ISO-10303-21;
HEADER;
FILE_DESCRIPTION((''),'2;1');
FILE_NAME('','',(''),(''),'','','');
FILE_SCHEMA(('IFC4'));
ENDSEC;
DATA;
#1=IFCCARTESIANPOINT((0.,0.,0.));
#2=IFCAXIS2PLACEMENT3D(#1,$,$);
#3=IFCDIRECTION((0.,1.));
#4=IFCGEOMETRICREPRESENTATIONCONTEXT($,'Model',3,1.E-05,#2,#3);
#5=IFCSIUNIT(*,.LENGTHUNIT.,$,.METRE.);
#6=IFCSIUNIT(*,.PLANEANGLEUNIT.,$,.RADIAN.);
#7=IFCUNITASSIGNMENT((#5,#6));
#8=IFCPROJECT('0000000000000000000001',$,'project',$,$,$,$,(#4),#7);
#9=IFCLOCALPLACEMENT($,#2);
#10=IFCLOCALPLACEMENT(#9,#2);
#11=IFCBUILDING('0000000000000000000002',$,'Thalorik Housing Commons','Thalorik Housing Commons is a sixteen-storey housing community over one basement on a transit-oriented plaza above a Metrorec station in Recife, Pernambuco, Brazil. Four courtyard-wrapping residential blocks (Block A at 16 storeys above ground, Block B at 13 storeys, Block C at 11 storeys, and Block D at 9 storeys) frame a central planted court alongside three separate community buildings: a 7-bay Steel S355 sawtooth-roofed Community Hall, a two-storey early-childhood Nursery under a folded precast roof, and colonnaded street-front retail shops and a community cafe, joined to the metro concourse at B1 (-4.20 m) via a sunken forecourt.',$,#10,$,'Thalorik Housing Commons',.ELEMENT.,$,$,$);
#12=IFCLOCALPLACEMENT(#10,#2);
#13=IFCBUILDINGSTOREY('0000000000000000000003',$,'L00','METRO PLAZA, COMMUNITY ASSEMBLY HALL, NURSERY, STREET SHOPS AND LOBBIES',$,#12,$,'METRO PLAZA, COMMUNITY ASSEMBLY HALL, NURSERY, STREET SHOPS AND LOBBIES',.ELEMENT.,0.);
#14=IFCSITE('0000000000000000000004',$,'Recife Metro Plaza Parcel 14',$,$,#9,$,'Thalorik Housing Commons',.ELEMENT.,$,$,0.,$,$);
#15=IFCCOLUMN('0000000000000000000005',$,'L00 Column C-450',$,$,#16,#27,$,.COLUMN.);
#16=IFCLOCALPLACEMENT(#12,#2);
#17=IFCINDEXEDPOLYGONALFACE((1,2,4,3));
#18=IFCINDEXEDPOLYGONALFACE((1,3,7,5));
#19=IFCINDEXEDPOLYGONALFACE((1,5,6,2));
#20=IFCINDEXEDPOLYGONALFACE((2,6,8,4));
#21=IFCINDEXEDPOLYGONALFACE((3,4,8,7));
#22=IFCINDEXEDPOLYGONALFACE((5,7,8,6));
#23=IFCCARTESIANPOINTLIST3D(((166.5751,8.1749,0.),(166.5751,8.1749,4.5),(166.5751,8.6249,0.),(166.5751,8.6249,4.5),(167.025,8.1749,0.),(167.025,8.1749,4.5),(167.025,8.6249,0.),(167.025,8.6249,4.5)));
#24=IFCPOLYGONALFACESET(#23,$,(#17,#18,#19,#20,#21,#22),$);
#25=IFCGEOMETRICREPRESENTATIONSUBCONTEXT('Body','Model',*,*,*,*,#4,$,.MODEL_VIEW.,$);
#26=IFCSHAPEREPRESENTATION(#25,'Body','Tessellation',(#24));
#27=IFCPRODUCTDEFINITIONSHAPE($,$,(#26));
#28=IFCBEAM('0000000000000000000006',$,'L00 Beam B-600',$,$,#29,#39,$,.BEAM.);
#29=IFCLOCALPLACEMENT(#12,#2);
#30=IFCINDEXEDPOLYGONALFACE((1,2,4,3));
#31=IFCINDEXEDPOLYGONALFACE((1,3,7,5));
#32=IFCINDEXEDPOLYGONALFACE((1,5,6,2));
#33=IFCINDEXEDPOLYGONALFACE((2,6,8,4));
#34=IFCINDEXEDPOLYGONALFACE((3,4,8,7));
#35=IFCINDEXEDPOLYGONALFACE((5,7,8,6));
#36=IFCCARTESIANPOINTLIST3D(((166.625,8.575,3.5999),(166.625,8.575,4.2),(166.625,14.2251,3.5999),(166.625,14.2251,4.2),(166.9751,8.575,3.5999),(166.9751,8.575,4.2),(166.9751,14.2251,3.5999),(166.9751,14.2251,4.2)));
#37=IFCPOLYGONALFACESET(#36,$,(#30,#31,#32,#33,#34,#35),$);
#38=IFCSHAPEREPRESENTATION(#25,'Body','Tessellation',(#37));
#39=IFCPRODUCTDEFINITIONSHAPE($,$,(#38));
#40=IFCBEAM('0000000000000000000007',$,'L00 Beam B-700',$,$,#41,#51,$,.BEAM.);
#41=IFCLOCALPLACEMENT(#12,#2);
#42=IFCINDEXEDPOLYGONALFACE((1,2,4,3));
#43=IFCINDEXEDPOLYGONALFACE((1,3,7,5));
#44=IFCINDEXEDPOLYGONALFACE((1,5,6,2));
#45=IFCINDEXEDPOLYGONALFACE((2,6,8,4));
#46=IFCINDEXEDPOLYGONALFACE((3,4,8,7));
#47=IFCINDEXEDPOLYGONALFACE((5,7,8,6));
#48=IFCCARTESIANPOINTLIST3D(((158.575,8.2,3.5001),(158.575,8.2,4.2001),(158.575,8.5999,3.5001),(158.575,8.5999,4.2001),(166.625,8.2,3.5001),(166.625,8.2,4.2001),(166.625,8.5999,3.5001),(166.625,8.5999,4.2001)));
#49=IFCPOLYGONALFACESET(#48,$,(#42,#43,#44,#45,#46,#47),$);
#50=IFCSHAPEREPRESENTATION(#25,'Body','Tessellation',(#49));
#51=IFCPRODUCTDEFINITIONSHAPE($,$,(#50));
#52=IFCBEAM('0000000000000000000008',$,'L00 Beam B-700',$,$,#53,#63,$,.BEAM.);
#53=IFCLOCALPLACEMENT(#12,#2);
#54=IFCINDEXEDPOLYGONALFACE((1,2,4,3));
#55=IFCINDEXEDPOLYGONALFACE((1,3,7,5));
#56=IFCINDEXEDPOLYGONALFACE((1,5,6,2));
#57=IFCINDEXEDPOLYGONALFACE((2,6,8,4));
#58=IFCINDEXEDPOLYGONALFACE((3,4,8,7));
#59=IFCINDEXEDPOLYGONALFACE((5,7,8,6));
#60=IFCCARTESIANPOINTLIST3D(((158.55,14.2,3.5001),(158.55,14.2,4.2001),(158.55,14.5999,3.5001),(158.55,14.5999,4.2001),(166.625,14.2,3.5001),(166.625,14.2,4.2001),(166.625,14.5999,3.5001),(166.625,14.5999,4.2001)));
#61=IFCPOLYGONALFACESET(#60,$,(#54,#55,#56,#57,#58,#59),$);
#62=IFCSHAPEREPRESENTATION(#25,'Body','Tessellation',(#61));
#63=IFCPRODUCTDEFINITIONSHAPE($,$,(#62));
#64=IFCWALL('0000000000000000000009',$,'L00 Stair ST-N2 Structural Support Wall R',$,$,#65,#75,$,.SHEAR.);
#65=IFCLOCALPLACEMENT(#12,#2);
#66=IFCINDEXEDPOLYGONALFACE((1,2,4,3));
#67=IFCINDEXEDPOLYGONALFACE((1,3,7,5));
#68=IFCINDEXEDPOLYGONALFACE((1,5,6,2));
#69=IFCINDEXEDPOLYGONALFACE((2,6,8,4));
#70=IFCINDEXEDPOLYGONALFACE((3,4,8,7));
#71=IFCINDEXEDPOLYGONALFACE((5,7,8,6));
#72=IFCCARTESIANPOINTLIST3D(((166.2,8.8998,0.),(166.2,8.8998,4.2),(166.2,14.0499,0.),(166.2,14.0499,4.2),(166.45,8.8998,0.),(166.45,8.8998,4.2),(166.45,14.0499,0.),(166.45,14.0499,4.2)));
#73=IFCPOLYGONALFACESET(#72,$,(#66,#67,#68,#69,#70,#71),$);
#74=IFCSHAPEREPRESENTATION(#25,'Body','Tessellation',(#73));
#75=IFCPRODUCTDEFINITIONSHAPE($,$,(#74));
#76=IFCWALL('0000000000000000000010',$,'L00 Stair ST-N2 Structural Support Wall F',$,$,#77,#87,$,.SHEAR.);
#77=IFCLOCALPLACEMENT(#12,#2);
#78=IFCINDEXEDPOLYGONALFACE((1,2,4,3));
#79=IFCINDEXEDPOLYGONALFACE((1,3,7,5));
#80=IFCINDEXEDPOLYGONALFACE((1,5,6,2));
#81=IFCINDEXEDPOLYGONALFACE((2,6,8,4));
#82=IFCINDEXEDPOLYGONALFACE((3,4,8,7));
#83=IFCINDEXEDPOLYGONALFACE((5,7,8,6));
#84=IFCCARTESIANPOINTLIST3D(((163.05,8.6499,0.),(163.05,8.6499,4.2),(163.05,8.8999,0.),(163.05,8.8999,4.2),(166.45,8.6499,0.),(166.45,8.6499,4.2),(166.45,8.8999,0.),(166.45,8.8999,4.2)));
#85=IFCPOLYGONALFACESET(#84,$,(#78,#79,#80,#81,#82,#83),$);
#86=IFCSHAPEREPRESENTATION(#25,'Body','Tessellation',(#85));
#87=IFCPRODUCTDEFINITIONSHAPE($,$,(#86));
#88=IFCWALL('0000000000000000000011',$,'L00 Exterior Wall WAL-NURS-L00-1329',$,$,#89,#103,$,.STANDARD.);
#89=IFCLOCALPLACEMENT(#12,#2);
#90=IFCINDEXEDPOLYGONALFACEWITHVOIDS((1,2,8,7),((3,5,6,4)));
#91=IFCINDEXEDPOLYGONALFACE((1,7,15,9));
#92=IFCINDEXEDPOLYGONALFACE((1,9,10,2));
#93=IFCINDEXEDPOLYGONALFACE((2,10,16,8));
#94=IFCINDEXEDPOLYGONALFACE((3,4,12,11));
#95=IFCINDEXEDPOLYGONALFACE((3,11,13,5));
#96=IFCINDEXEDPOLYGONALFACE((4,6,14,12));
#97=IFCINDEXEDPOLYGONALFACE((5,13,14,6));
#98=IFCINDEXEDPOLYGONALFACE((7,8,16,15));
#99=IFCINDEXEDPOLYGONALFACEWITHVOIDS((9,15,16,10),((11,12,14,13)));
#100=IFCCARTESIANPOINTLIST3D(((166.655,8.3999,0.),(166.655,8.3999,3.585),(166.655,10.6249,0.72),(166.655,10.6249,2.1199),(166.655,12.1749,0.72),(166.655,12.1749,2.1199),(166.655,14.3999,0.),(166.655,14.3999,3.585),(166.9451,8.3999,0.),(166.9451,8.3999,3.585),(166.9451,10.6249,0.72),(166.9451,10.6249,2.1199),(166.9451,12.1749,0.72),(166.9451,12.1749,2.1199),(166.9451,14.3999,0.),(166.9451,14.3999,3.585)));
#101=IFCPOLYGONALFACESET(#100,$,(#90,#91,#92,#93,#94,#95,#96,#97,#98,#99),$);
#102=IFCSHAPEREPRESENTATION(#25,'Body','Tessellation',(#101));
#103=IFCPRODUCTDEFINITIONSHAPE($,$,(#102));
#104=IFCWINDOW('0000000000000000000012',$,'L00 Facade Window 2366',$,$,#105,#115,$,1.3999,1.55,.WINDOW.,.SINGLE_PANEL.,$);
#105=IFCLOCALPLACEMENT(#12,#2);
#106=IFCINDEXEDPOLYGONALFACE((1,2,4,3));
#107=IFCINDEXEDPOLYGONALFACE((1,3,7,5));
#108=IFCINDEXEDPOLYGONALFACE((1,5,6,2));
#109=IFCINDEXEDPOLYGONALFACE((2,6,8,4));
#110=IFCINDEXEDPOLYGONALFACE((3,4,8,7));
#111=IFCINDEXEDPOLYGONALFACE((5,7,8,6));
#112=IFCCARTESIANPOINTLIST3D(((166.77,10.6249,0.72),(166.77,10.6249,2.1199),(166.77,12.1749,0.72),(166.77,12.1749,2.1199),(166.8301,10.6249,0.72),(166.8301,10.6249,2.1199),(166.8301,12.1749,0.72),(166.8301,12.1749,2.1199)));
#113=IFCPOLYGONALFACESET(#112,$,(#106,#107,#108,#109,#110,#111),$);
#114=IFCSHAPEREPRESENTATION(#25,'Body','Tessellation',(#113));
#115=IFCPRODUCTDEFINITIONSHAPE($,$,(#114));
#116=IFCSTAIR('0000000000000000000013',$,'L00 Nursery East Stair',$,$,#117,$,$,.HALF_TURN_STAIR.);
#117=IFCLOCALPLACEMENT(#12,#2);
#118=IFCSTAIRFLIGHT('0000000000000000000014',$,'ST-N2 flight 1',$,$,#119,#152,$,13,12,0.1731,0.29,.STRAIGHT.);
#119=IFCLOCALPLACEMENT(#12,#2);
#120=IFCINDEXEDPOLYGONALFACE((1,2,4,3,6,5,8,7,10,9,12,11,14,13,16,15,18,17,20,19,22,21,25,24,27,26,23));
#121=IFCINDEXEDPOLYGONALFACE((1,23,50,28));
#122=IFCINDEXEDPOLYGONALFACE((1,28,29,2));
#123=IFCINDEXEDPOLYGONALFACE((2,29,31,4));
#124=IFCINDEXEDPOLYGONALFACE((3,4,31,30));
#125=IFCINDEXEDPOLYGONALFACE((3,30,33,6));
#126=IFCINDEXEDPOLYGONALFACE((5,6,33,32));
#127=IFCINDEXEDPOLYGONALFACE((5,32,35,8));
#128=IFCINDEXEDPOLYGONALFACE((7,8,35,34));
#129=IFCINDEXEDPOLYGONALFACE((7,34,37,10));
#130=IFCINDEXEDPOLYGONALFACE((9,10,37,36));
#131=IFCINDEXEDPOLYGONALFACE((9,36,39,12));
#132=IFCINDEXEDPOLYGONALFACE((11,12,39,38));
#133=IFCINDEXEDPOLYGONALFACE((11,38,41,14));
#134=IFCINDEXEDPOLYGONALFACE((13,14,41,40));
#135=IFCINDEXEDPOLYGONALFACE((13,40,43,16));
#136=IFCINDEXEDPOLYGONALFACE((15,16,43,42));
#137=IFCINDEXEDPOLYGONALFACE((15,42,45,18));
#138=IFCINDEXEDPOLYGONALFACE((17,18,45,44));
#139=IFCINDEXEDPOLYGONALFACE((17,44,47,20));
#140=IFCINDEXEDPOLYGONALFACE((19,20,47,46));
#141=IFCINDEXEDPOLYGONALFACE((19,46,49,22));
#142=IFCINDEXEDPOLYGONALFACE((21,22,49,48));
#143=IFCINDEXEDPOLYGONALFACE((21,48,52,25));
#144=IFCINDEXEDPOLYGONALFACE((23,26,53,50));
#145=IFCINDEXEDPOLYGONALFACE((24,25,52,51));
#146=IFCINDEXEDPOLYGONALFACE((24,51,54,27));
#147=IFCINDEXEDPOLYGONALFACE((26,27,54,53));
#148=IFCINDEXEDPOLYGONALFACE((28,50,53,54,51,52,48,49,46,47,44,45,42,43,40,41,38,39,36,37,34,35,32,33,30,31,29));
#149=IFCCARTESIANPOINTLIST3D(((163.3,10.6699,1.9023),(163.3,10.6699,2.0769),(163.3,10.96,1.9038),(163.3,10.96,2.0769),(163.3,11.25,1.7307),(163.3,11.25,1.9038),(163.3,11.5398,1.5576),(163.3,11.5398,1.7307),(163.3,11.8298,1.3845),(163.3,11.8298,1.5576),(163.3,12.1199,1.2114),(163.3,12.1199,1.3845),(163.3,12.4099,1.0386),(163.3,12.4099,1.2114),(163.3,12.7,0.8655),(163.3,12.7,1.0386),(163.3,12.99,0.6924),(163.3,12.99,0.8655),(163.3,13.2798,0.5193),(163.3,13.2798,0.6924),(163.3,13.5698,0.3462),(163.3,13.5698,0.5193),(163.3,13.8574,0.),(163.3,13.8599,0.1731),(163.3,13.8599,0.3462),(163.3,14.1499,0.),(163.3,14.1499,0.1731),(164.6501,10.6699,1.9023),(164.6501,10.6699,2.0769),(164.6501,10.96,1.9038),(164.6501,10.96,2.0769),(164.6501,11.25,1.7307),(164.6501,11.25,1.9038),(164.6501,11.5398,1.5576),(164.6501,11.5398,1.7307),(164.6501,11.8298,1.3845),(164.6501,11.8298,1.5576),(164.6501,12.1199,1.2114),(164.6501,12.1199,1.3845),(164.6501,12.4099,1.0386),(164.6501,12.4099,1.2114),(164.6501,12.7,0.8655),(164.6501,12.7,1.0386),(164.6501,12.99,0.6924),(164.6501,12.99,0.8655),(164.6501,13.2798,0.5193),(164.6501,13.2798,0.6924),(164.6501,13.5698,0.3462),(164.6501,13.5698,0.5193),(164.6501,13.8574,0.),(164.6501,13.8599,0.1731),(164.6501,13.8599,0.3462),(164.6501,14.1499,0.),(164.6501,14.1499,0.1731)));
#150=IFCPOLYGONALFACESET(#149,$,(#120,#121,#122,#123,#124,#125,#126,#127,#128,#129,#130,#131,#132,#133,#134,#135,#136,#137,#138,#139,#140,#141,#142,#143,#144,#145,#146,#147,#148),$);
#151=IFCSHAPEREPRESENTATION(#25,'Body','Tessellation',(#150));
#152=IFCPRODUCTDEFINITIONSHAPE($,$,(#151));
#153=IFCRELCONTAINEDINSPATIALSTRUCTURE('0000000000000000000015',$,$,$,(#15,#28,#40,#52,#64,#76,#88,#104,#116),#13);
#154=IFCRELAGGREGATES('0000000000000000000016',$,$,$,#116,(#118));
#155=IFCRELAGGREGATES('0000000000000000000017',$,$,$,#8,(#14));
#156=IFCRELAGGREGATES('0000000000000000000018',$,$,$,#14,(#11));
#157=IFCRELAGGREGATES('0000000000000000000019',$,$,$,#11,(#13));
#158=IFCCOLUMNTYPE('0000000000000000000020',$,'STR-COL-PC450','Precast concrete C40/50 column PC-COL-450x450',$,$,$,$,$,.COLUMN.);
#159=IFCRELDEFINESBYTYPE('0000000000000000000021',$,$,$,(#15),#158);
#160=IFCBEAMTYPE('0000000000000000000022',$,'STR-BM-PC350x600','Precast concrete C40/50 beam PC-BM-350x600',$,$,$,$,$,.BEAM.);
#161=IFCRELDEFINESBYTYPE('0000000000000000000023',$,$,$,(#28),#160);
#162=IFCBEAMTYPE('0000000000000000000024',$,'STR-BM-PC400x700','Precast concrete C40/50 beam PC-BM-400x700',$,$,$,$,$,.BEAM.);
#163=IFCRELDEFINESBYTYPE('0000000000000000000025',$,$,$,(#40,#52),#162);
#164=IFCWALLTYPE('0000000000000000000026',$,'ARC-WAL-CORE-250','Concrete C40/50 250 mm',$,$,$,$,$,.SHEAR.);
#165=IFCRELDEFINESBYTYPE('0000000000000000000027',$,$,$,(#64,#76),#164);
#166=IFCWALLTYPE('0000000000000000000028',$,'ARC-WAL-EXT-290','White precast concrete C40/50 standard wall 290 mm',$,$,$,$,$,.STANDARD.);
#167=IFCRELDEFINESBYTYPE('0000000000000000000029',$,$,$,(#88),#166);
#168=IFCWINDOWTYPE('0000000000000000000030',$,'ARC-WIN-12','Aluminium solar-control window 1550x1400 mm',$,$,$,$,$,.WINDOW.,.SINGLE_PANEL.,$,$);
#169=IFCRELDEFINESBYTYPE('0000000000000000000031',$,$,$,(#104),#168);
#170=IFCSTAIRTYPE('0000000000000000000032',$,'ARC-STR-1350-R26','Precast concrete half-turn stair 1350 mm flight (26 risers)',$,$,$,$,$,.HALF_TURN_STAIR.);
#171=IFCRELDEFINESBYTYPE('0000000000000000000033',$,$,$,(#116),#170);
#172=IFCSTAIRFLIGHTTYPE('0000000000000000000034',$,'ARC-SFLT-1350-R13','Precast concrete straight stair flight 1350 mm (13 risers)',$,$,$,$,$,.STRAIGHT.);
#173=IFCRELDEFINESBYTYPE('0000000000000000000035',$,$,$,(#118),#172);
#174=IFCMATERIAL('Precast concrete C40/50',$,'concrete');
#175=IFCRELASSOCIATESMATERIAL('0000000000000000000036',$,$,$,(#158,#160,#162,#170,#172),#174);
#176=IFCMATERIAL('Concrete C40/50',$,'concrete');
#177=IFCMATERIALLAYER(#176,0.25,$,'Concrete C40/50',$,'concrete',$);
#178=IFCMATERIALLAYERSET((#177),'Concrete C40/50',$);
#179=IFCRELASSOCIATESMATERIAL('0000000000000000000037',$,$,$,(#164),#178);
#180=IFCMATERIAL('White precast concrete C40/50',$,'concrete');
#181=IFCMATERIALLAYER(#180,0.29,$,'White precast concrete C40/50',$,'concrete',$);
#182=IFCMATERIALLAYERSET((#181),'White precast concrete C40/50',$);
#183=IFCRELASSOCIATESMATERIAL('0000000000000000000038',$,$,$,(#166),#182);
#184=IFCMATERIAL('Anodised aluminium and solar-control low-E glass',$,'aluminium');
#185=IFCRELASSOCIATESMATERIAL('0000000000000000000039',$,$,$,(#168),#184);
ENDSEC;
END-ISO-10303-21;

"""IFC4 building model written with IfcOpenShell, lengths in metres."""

from ifc_helpers import new_model, si_unit, direction, frame, frame_2d, origin, origin_2d, place, context, subcontext, project, spatial, polyline, rectangle, outline, extrude, material, layer, layer_set, material_profile, profile_set, type_object, element, fill, aggregate, save


model = new_model("IFC4")

# Units and contexts
model_context = context("Model", 3, precision=1e-05, world=origin(), true_north=direction((0.0, 1.0)))
body_context = subcontext(model_context, "Body", "Model", "MODEL_VIEW")
ifc_project = project(units=[si_unit("LENGTHUNIT", "METRE"), si_unit("PLANEANGLEUNIT", "RADIAN")], contexts=[model_context])

# Site, building, storey
site_placement = place(None, origin())
site = spatial("IfcSite", under=ifc_project, at=site_placement, Name="Recife Metro Plaza Parcel 14", LongName="Thalorik Housing Commons", CompositionType="ELEMENT", RefElevation=0.0)
building_placement = place(site_placement, origin())
building = spatial("IfcBuilding", under=site, at=building_placement, Name="Thalorik Housing Commons", Description="Thalorik Housing Commons is a sixteen-storey housing community over one basement on a transit-oriented plaza above a Metrorec station in Recife, Pernambuco, Brazil. Four courtyard-wrapping residential blocks (Block A at 16 storeys above ground, Block B at 13 storeys, Block C at 11 storeys, and Block D at 9 storeys) frame a central planted court alongside three separate community buildings: a 7-bay Steel S355 sawtooth-roofed Community Hall, a two-storey early-childhood Nursery under a folded precast roof, and colonnaded street-front retail shops and a community cafe, joined to the metro concourse at B1 (-4.20 m) via a sunken forecourt.", LongName="Thalorik Housing Commons", CompositionType="ELEMENT")
storey_placement = place(building_placement, origin())
storey = spatial("IfcBuildingStorey", under=building, at=storey_placement, Name="L00", Description="METRO PLAZA, COMMUNITY ASSEMBLY HALL, NURSERY, STREET SHOPS AND LOBBIES", LongName="METRO PLAZA, COMMUNITY ASSEMBLY HALL, NURSERY, STREET SHOPS AND LOBBIES", CompositionType="ELEMENT", Elevation=0.0)

# Column
ifc_material_1 = material(Name="Precast concrete C40/50", Category="concrete")
ifc_material_profile_1 = material_profile(ifc_material_1, rectangle(XDim=0.45, YDim=0.45, at=origin_2d()), Name="PC 450x450", Category="concrete")
ifc_profile_set_1 = profile_set([ifc_material_profile_1], Name="Precast concrete C40/50")
column_type = type_object("IfcColumnType", Name="STR-COL-PC450", Description="Precast concrete C40/50 column PC-COL-450x450", PredefinedType="COLUMN", material=ifc_profile_set_1)
column_placement = place(storey_placement, frame((166.8, 8.3999, 0.0), z_axis=(0.0, 0.0, 1.0), x_axis=(1.0, 0.0, 0.0)))
element("IfcColumn", 1, at=column_placement, inside=storey, type_object=column_type, Name="L00 Column C-450", PredefinedType="COLUMN", context=body_context, shape_type="SweptSolid", body=[
    extrude(rectangle(XDim=0.45, YDim=0.45, at=origin_2d()), origin(), (0.0, 0.0, 1.0), 4.5),
])

# Beams
ifc_material_profile_2 = material_profile(ifc_material_1, rectangle(XDim=0.3501, YDim=0.6001, at=origin_2d()), Name="PC 350x600", Category="concrete")
ifc_profile_set_2 = profile_set([ifc_material_profile_2], Name="Precast concrete C40/50")
beam_type_1 = type_object("IfcBeamType", Name="STR-BM-PC350x600", Description="Precast concrete C40/50 beam PC-BM-350x600", PredefinedType="BEAM", material=ifc_profile_set_2)
beam_1_placement = place(storey_placement, frame((166.8, 8.575, 3.8999), z_axis=(0.0, 1.0, 0.0), x_axis=(-1.0, 0.0, 0.0)))
element("IfcBeam", 2, at=beam_1_placement, inside=storey, type_object=beam_type_1, Name="L00 Beam B-600", PredefinedType="BEAM", context=body_context, shape_type="SweptSolid", body=[
    extrude(rectangle(XDim=0.3501, YDim=0.6001, at=origin_2d()), origin(), (0.0, 0.0, 1.0), 5.6501),
])
ifc_material_profile_3 = material_profile(ifc_material_1, rectangle(XDim=0.3999, YDim=0.7, at=origin_2d()), Name="PC 400x700", Category="concrete")
ifc_profile_set_3 = profile_set([ifc_material_profile_3], Name="Precast concrete C40/50")
beam_type_2 = type_object("IfcBeamType", Name="STR-BM-PC400x700", Description="Precast concrete C40/50 beam PC-BM-400x700", PredefinedType="BEAM", material=ifc_profile_set_3)
beam_2_placement = place(storey_placement, frame((158.575, 8.3999, 3.8501), z_axis=(1.0, 0.0, 0.0), x_axis=(0.0, 1.0, 0.0)))
element("IfcBeam", 3, at=beam_2_placement, inside=storey, type_object=beam_type_2, Name="L00 Beam B-700", PredefinedType="BEAM", context=body_context, shape_type="SweptSolid", body=[
    extrude(rectangle(XDim=0.3999, YDim=0.7, at=origin_2d()), origin(), (0.0, 0.0, 1.0), 8.05),
])
beam_3_placement = place(storey_placement, frame((158.55, 14.3999, 3.8501), z_axis=(1.0, 0.0, 0.0), x_axis=(0.0, 1.0, 0.0)))
element("IfcBeam", 4, at=beam_3_placement, inside=storey, type_object=beam_type_2, Name="L00 Beam B-700", PredefinedType="BEAM", context=body_context, shape_type="SweptSolid", body=[
    extrude(rectangle(XDim=0.3999, YDim=0.7, at=origin_2d()), origin(), (0.0, 0.0, 1.0), 8.075),
])

# Walls
ifc_material_2 = material(Name="Concrete C40/50", Category="concrete")
ifc_layer_1 = layer(ifc_material_2, 0.25, Name="Concrete C40/50", Category="concrete")
ifc_layer_set_1 = layer_set([ifc_layer_1], Name="Concrete C40/50")
wall_type_1 = type_object("IfcWallType", Name="ARC-WAL-CORE-250", Description="Concrete C40/50 250 mm", PredefinedType="SHEAR", material=ifc_layer_set_1)
wall_1_placement = place(storey_placement, frame((166.325, 14.05, 0.0), z_axis=(0.0, 0.0, 1.0), x_axis=(0.0, -1.0, 0.0)))
element("IfcWall", 5, at=wall_1_placement, inside=storey, type_object=wall_type_1, Name="L00 Stair ST-N2 Structural Support Wall R", PredefinedType="SHEAR", context=body_context, shape_type="SweptSolid", body=[
    extrude(rectangle(XDim=5.1501, YDim=0.25, at=frame_2d((2.5752, 0.0))), origin(), (0.0, 0.0, 1.0), 4.2),
])
wall_2_placement = place(storey_placement, frame((163.05, 8.7749, 0.0), z_axis=(0.0, 0.0, 1.0), x_axis=(1.0, 0.0, 0.0)))
element("IfcWall", 6, at=wall_2_placement, inside=storey, type_object=wall_type_1, Name="L00 Stair ST-N2 Structural Support Wall F", PredefinedType="SHEAR", context=body_context, shape_type="SweptSolid", body=[
    extrude(rectangle(XDim=3.3999, YDim=0.25, at=frame_2d((1.7, 0.0))), origin(), (0.0, 0.0, 1.0), 4.2),
])

# Wall, opening, window
ifc_material_3 = material(Name="White precast concrete C40/50", Category="concrete")
ifc_layer_2 = layer(ifc_material_3, 0.29, Name="White precast concrete C40/50", Category="concrete")
ifc_layer_set_2 = layer_set([ifc_layer_2], Name="White precast concrete C40/50")
wall_type_2 = type_object("IfcWallType", Name="ARC-WAL-EXT-290", Description="White precast concrete C40/50 standard wall 290 mm", PredefinedType="STANDARD", material=ifc_layer_set_2)
wall_3_placement = place(storey_placement, frame((166.8, 8.3999, 0.0), z_axis=(0.0, 0.0, 1.0), x_axis=(0.0, 1.0, 0.0)))
wall_3 = element("IfcWall", 7, at=wall_3_placement, inside=storey, type_object=wall_type_2, Name="L00 Exterior Wall WAL-NURS-L00-1329", PredefinedType="STANDARD", context=body_context, shape_type="SweptSolid", body=[
    extrude(rectangle(XDim=6.0, YDim=0.29, at=frame_2d((3.0, 0.0))), origin(), (0.0, 0.0, 1.0), 3.585),
])
opening_placement = place(wall_3_placement, frame((2.2251, 0.0, 0.72)))
opening = element("IfcOpeningElement", 8, at=opening_placement, cuts=wall_3, PredefinedType="OPENING", context=body_context, shape_type="SweptSolid", body=[
    extrude(rectangle(XDim=1.55, YDim=1.3999, at=frame_2d((0.7749, 0.7))), frame((0.0, 0.155, 0.0), z_axis=(0.0, -1.0, 0.0), x_axis=(1.0, 0.0, 0.0)), (0.0, 0.0, 1.0), 0.3101),
])
ifc_material_4 = material(Name="Anodised aluminium and solar-control low-E glass", Category="aluminium")
window_type = type_object("IfcWindowType", Name="ARC-WIN-12", Description="Aluminium solar-control window 1550x1400 mm", PartitioningType="SINGLE_PANEL", PredefinedType="WINDOW", material=ifc_material_4)
window_placement = place(opening_placement, origin())
window = element("IfcWindow", 9, at=window_placement, inside=storey, type_object=window_type, Name="L00 Facade Window 2366", OverallHeight=1.3999, OverallWidth=1.55, PartitioningType="SINGLE_PANEL", PredefinedType="WINDOW", context=body_context, shape_type="SweptSolid", body=[
    extrude(rectangle(XDim=1.55, YDim=1.3999, at=frame_2d((0.7749, 0.7))), frame((0.0, 0.03, 0.0), z_axis=(0.0, -1.0, 0.0), x_axis=(1.0, 0.0, 0.0)), (0.0, 0.0, 1.0), 0.0601),
])
fill(opening, window)

# Stair, stair flight
stair_type = type_object("IfcStairType", Name="ARC-STR-1350-R26", Description="Precast concrete half-turn stair 1350 mm flight (26 risers)", PredefinedType="HALF_TURN_STAIR", material=ifc_material_1)
stair_placement = place(storey_placement, origin())
stair = element("IfcStair", 10, at=stair_placement, inside=storey, type_object=stair_type, Name="L00 Nursery East Stair", PredefinedType="HALF_TURN_STAIR")
stair_flight_type = type_object("IfcStairFlightType", Name="ARC-SFLT-1350-R13", Description="Precast concrete straight stair flight 1350 mm (13 risers)", PredefinedType="STRAIGHT", material=ifc_material_1)
stair_flight_1_placement = place(storey_placement, frame((163.9751, 14.1499, 0.0), z_axis=(0.0, 0.0, 1.0), x_axis=(0.0, -1.0, 0.0)))
stair_flight_1 = element("IfcStairFlight", 11, at=stair_flight_1_placement, type_object=stair_flight_type, Name="ST-N2 flight 1", NumberOfRisers=13, NumberOfTreads=12, PredefinedType="STRAIGHT", RiserHeight=0.1731, TreadLength=0.29, context=body_context, shape_type="SweptSolid", body=[
    extrude(outline(polyline([(0.0, 0.0), (0.0, 0.1731), (0.29, 0.1731), (0.29, 0.3462), (0.5801, 0.3462), (0.5801, 0.5193), (0.8701, 0.5193), (0.8701, 0.6924), (1.1599, 0.6924), (1.1599, 0.8655), (1.45, 0.8655), (1.45, 1.0386), (1.74, 1.0386), (1.74, 1.2114), (2.03, 1.2114), (2.03, 1.3845), (2.3201, 1.3845), (2.3201, 1.5576), (2.6101, 1.5576), (2.6101, 1.7307), (2.8999, 1.7307), (2.8999, 1.9038), (3.1899, 1.9038), (3.1899, 2.0769), (3.48, 2.0769), (3.48, 2.25), (3.48, 1.9023), (0.2925, 0.0), (0.0, 0.0)])), frame((0.0, 0.675, 0.0), z_axis=(0.0, -1.0, 0.0), x_axis=(1.0, 0.0, 0.0)), (0.0, 0.0, 1.0), 1.3501),
])
aggregate(stair, [stair_flight_1])

save(model, "model.ifc")
